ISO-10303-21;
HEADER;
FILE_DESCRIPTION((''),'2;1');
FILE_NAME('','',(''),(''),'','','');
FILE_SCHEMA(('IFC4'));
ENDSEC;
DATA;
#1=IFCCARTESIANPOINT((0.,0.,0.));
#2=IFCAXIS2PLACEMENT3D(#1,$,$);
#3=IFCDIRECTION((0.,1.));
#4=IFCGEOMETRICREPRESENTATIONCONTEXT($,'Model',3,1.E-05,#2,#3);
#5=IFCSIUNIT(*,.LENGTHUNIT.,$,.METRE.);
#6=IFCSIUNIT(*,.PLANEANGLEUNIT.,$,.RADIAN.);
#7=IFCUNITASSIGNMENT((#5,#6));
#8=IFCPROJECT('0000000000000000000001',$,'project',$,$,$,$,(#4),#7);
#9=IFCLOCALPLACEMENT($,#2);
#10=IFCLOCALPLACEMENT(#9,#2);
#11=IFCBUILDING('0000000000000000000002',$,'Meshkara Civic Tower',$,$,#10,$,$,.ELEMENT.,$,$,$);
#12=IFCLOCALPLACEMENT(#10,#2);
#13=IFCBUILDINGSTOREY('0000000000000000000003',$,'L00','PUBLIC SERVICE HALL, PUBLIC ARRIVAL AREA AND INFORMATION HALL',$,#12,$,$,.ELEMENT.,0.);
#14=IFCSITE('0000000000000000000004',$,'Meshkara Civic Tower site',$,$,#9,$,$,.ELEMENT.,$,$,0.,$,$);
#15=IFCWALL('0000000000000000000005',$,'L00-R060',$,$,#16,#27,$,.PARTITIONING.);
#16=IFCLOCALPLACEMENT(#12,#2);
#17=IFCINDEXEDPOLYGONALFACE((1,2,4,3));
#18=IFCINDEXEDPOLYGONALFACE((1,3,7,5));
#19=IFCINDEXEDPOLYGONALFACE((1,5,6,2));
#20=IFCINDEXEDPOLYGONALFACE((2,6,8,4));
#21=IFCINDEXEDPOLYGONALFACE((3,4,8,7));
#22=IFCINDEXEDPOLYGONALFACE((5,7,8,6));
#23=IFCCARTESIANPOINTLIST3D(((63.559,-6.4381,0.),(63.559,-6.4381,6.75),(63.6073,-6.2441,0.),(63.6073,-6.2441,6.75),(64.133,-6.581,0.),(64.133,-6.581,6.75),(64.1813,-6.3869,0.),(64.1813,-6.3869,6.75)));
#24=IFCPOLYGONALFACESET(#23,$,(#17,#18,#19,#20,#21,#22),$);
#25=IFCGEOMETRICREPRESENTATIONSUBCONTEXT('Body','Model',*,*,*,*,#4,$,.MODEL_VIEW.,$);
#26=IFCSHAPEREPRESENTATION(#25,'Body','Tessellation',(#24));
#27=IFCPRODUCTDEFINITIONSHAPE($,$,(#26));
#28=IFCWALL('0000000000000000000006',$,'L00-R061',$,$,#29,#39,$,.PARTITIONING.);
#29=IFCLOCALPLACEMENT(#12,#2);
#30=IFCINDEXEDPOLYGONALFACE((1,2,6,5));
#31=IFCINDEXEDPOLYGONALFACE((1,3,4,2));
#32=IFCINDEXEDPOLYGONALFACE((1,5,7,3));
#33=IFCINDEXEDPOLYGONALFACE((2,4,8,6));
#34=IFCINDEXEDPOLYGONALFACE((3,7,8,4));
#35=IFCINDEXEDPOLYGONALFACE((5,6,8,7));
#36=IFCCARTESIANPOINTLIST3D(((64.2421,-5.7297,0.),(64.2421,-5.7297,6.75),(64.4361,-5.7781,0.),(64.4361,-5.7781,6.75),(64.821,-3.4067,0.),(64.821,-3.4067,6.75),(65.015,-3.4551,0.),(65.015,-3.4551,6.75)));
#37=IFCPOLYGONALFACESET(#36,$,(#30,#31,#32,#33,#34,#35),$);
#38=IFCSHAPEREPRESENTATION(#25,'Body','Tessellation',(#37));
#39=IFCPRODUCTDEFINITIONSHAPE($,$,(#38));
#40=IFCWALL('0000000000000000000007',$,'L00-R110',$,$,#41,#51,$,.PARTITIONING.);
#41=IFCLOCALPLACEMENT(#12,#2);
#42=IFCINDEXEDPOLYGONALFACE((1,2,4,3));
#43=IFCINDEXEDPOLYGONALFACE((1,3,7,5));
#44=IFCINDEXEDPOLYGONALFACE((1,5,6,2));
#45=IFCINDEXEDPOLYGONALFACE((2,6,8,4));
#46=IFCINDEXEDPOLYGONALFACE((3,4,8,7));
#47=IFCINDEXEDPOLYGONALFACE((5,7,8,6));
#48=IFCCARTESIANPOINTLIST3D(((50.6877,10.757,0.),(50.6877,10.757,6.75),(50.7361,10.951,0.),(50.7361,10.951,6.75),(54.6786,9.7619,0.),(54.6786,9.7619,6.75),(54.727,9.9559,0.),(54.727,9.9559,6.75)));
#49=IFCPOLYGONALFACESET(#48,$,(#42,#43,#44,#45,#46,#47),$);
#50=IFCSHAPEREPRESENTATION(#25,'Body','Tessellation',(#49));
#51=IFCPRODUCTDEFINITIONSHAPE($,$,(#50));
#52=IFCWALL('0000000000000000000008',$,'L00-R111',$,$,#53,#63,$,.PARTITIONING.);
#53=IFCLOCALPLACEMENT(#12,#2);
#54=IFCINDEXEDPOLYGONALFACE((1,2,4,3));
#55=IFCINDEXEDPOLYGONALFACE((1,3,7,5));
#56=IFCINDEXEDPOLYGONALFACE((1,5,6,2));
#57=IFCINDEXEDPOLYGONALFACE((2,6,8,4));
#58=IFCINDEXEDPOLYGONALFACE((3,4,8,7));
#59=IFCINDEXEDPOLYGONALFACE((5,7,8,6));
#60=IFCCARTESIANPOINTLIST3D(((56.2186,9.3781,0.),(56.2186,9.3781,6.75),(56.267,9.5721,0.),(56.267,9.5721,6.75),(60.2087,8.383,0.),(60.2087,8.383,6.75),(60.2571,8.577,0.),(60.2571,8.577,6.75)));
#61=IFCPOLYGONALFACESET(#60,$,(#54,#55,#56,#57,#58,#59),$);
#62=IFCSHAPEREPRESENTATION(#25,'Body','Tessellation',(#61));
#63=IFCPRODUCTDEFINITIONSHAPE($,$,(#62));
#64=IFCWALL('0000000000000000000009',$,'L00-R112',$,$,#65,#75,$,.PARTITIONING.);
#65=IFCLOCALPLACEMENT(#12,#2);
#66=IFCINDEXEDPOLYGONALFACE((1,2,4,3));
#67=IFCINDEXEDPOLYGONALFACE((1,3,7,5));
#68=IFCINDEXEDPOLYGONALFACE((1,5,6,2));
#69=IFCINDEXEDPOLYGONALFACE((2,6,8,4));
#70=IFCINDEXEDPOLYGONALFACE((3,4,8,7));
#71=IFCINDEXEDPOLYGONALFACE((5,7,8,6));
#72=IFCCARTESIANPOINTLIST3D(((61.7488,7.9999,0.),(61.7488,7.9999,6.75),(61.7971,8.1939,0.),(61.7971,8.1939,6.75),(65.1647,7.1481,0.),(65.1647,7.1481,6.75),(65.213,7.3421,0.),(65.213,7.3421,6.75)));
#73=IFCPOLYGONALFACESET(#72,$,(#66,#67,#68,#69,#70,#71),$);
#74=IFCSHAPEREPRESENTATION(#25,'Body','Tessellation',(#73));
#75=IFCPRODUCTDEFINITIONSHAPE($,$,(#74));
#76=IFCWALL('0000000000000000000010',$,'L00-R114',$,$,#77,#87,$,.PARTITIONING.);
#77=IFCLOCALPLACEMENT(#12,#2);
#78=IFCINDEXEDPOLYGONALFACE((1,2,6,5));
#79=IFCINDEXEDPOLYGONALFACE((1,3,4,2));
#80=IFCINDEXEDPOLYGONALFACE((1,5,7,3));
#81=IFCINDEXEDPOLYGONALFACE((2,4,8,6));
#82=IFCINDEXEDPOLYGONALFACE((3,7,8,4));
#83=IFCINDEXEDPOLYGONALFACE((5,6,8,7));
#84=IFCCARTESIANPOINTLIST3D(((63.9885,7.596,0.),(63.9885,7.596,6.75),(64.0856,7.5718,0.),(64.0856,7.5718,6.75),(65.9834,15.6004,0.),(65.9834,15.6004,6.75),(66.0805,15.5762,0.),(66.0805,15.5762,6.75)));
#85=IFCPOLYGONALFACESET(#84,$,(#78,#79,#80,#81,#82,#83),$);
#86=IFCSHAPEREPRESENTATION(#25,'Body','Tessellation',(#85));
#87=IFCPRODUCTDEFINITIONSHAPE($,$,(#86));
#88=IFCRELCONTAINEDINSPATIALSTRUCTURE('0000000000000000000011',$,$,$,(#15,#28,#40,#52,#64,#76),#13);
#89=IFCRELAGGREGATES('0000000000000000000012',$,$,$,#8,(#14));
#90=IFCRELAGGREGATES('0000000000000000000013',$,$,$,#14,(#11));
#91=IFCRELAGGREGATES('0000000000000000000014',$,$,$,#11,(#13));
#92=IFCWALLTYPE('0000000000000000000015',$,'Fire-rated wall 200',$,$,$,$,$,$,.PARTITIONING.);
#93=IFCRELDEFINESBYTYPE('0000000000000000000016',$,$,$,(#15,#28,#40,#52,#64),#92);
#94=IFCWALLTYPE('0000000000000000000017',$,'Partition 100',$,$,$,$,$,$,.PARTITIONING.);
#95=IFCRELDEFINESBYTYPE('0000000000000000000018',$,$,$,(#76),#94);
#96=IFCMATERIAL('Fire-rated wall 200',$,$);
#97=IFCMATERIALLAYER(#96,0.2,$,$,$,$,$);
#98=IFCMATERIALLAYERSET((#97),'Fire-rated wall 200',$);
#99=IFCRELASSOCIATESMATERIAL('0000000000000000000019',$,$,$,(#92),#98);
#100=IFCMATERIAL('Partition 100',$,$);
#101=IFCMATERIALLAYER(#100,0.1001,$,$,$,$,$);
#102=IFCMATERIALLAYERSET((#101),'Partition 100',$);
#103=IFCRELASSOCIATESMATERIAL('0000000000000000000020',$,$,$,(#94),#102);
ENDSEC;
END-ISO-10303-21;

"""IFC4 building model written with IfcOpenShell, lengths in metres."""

from ifc_helpers import new_model, si_unit, direction, frame, frame_2d, origin, place, context, subcontext, project, spatial, rectangle, extrude, material, layer, layer_set, type_object, element, save


model = new_model("IFC4")

# Units and contexts
model_context = context("Model", 3, precision=1e-05, world=origin(), true_north=direction((0.0, 1.0)))
body_context = subcontext(model_context, "Body", "Model", "MODEL_VIEW")
ifc_project = project(units=[si_unit("LENGTHUNIT", "METRE"), si_unit("PLANEANGLEUNIT", "RADIAN")], contexts=[model_context])

# Site, building, storey
site_placement = place(None, origin())
site = spatial("IfcSite", under=ifc_project, at=site_placement, Name="Meshkara Civic Tower site", CompositionType="ELEMENT", RefElevation=0.0)
building_placement = place(site_placement, origin())
building = spatial("IfcBuilding", under=site, at=building_placement, Name="Meshkara Civic Tower", CompositionType="ELEMENT")
storey_placement = place(building_placement, origin())
storey = spatial("IfcBuildingStorey", under=building, at=storey_placement, Name="L00", Description="PUBLIC SERVICE HALL, PUBLIC ARRIVAL AREA AND INFORMATION HALL", CompositionType="ELEMENT", Elevation=0.0)

# Shared definitions
ifc_material_1 = material(Name="Fire-rated wall 200")
ifc_layer_1 = layer(ifc_material_1, 0.2)
ifc_layer_set_1 = layer_set([ifc_layer_1], Name="Fire-rated wall 200")
wall_type_1 = type_object("IfcWallType", Name="Fire-rated wall 200", PredefinedType="PARTITIONING", material=ifc_layer_set_1)

# Walls
wall_1_placement = place(storey_placement, frame((63.583, -6.3411, 0.0), z_axis=(0.0, 0.0, 1.0), x_axis=(0.970409, -0.241467, 0.0)))
element("IfcWall", 1, at=wall_1_placement, inside=storey, type_object=wall_type_1, Name="L00-R060", PredefinedType="PARTITIONING", context=body_context, shape_type="SweptSolid", body=[
    extrude(rectangle(XDim=0.5916, YDim=0.2, at=frame_2d((0.2959, 0.0))), origin(), (0.0, 0.0, 1.0), 6.75),
])
wall_2_placement = place(storey_placement, frame((64.3391, -5.7539, 0.0), z_axis=(0.0, 0.0, 1.0), x_axis=(0.241792, 0.970328, 0.0)))
element("IfcWall", 2, at=wall_2_placement, inside=storey, type_object=wall_type_1, Name="L00-R061", PredefinedType="PARTITIONING", context=body_context, shape_type="SweptSolid", body=[
    extrude(rectangle(XDim=2.394, YDim=0.2, at=frame_2d((1.197, 0.0))), origin(), (0.0, 0.0, 1.0), 6.75),
])
wall_3_placement = place(storey_placement, frame((54.7029, 9.8589, 0.0), z_axis=(0.0, 0.0, 1.0), x_axis=(-0.970292, 0.241935, 0.0)))
element("IfcWall", 3, at=wall_3_placement, inside=storey, type_object=wall_type_1, Name="L00-R110", PredefinedType="PARTITIONING", context=body_context, shape_type="SweptSolid", body=[
    extrude(rectangle(XDim=4.113, YDim=0.2, at=frame_2d((2.0566, 0.0))), origin(), (0.0, 0.0, 1.0), 6.75),
])
wall_4_placement = place(storey_placement, frame((60.2329, 8.48, 0.0), z_axis=(0.0, 0.0, 1.0), x_axis=(-0.970279, 0.241991, 0.0)))
element("IfcWall", 4, at=wall_4_placement, inside=storey, type_object=wall_type_1, Name="L00-R111", PredefinedType="PARTITIONING", context=body_context, shape_type="SweptSolid", body=[
    extrude(rectangle(XDim=4.1123, YDim=0.2, at=frame_2d((2.0562, 0.0))), origin(), (0.0, 0.0, 1.0), 6.75),
])
wall_5_placement = place(storey_placement, frame((61.7729, 8.0969, 0.0), z_axis=(0.0, 0.0, 1.0), x_axis=(0.970289, -0.241948, 0.0)))
element("IfcWall", 5, at=wall_5_placement, inside=storey, type_object=wall_type_1, Name="L00-R112", PredefinedType="PARTITIONING", context=body_context, shape_type="SweptSolid", body=[
    extrude(rectangle(XDim=3.5205, YDim=0.2, at=frame_2d((1.7603, 0.0))), origin(), (0.0, 0.0, 1.0), 6.75),
])
ifc_material_2 = material(Name="Partition 100")
ifc_layer_2 = layer(ifc_material_2, 0.1001)
ifc_layer_set_2 = layer_set([ifc_layer_2], Name="Partition 100")
wall_type_2 = type_object("IfcWallType", Name="Partition 100", PredefinedType="PARTITIONING", material=ifc_layer_set_2)
wall_6_placement = place(storey_placement, frame((64.0371, 7.584, 0.0), z_axis=(0.0, 0.0, 1.0), x_axis=(0.241825, 0.97032, 0.0)))
element("IfcWall", 6, at=wall_6_placement, inside=storey, type_object=wall_type_2, Name="L00-R114", PredefinedType="PARTITIONING", context=body_context, shape_type="SweptSolid", body=[
    extrude(rectangle(XDim=8.2493, YDim=0.1001, at=frame_2d((4.1245, 0.0))), origin(), (0.0, 0.0, 1.0), 6.75),
])

save(model, "model.ifc")
